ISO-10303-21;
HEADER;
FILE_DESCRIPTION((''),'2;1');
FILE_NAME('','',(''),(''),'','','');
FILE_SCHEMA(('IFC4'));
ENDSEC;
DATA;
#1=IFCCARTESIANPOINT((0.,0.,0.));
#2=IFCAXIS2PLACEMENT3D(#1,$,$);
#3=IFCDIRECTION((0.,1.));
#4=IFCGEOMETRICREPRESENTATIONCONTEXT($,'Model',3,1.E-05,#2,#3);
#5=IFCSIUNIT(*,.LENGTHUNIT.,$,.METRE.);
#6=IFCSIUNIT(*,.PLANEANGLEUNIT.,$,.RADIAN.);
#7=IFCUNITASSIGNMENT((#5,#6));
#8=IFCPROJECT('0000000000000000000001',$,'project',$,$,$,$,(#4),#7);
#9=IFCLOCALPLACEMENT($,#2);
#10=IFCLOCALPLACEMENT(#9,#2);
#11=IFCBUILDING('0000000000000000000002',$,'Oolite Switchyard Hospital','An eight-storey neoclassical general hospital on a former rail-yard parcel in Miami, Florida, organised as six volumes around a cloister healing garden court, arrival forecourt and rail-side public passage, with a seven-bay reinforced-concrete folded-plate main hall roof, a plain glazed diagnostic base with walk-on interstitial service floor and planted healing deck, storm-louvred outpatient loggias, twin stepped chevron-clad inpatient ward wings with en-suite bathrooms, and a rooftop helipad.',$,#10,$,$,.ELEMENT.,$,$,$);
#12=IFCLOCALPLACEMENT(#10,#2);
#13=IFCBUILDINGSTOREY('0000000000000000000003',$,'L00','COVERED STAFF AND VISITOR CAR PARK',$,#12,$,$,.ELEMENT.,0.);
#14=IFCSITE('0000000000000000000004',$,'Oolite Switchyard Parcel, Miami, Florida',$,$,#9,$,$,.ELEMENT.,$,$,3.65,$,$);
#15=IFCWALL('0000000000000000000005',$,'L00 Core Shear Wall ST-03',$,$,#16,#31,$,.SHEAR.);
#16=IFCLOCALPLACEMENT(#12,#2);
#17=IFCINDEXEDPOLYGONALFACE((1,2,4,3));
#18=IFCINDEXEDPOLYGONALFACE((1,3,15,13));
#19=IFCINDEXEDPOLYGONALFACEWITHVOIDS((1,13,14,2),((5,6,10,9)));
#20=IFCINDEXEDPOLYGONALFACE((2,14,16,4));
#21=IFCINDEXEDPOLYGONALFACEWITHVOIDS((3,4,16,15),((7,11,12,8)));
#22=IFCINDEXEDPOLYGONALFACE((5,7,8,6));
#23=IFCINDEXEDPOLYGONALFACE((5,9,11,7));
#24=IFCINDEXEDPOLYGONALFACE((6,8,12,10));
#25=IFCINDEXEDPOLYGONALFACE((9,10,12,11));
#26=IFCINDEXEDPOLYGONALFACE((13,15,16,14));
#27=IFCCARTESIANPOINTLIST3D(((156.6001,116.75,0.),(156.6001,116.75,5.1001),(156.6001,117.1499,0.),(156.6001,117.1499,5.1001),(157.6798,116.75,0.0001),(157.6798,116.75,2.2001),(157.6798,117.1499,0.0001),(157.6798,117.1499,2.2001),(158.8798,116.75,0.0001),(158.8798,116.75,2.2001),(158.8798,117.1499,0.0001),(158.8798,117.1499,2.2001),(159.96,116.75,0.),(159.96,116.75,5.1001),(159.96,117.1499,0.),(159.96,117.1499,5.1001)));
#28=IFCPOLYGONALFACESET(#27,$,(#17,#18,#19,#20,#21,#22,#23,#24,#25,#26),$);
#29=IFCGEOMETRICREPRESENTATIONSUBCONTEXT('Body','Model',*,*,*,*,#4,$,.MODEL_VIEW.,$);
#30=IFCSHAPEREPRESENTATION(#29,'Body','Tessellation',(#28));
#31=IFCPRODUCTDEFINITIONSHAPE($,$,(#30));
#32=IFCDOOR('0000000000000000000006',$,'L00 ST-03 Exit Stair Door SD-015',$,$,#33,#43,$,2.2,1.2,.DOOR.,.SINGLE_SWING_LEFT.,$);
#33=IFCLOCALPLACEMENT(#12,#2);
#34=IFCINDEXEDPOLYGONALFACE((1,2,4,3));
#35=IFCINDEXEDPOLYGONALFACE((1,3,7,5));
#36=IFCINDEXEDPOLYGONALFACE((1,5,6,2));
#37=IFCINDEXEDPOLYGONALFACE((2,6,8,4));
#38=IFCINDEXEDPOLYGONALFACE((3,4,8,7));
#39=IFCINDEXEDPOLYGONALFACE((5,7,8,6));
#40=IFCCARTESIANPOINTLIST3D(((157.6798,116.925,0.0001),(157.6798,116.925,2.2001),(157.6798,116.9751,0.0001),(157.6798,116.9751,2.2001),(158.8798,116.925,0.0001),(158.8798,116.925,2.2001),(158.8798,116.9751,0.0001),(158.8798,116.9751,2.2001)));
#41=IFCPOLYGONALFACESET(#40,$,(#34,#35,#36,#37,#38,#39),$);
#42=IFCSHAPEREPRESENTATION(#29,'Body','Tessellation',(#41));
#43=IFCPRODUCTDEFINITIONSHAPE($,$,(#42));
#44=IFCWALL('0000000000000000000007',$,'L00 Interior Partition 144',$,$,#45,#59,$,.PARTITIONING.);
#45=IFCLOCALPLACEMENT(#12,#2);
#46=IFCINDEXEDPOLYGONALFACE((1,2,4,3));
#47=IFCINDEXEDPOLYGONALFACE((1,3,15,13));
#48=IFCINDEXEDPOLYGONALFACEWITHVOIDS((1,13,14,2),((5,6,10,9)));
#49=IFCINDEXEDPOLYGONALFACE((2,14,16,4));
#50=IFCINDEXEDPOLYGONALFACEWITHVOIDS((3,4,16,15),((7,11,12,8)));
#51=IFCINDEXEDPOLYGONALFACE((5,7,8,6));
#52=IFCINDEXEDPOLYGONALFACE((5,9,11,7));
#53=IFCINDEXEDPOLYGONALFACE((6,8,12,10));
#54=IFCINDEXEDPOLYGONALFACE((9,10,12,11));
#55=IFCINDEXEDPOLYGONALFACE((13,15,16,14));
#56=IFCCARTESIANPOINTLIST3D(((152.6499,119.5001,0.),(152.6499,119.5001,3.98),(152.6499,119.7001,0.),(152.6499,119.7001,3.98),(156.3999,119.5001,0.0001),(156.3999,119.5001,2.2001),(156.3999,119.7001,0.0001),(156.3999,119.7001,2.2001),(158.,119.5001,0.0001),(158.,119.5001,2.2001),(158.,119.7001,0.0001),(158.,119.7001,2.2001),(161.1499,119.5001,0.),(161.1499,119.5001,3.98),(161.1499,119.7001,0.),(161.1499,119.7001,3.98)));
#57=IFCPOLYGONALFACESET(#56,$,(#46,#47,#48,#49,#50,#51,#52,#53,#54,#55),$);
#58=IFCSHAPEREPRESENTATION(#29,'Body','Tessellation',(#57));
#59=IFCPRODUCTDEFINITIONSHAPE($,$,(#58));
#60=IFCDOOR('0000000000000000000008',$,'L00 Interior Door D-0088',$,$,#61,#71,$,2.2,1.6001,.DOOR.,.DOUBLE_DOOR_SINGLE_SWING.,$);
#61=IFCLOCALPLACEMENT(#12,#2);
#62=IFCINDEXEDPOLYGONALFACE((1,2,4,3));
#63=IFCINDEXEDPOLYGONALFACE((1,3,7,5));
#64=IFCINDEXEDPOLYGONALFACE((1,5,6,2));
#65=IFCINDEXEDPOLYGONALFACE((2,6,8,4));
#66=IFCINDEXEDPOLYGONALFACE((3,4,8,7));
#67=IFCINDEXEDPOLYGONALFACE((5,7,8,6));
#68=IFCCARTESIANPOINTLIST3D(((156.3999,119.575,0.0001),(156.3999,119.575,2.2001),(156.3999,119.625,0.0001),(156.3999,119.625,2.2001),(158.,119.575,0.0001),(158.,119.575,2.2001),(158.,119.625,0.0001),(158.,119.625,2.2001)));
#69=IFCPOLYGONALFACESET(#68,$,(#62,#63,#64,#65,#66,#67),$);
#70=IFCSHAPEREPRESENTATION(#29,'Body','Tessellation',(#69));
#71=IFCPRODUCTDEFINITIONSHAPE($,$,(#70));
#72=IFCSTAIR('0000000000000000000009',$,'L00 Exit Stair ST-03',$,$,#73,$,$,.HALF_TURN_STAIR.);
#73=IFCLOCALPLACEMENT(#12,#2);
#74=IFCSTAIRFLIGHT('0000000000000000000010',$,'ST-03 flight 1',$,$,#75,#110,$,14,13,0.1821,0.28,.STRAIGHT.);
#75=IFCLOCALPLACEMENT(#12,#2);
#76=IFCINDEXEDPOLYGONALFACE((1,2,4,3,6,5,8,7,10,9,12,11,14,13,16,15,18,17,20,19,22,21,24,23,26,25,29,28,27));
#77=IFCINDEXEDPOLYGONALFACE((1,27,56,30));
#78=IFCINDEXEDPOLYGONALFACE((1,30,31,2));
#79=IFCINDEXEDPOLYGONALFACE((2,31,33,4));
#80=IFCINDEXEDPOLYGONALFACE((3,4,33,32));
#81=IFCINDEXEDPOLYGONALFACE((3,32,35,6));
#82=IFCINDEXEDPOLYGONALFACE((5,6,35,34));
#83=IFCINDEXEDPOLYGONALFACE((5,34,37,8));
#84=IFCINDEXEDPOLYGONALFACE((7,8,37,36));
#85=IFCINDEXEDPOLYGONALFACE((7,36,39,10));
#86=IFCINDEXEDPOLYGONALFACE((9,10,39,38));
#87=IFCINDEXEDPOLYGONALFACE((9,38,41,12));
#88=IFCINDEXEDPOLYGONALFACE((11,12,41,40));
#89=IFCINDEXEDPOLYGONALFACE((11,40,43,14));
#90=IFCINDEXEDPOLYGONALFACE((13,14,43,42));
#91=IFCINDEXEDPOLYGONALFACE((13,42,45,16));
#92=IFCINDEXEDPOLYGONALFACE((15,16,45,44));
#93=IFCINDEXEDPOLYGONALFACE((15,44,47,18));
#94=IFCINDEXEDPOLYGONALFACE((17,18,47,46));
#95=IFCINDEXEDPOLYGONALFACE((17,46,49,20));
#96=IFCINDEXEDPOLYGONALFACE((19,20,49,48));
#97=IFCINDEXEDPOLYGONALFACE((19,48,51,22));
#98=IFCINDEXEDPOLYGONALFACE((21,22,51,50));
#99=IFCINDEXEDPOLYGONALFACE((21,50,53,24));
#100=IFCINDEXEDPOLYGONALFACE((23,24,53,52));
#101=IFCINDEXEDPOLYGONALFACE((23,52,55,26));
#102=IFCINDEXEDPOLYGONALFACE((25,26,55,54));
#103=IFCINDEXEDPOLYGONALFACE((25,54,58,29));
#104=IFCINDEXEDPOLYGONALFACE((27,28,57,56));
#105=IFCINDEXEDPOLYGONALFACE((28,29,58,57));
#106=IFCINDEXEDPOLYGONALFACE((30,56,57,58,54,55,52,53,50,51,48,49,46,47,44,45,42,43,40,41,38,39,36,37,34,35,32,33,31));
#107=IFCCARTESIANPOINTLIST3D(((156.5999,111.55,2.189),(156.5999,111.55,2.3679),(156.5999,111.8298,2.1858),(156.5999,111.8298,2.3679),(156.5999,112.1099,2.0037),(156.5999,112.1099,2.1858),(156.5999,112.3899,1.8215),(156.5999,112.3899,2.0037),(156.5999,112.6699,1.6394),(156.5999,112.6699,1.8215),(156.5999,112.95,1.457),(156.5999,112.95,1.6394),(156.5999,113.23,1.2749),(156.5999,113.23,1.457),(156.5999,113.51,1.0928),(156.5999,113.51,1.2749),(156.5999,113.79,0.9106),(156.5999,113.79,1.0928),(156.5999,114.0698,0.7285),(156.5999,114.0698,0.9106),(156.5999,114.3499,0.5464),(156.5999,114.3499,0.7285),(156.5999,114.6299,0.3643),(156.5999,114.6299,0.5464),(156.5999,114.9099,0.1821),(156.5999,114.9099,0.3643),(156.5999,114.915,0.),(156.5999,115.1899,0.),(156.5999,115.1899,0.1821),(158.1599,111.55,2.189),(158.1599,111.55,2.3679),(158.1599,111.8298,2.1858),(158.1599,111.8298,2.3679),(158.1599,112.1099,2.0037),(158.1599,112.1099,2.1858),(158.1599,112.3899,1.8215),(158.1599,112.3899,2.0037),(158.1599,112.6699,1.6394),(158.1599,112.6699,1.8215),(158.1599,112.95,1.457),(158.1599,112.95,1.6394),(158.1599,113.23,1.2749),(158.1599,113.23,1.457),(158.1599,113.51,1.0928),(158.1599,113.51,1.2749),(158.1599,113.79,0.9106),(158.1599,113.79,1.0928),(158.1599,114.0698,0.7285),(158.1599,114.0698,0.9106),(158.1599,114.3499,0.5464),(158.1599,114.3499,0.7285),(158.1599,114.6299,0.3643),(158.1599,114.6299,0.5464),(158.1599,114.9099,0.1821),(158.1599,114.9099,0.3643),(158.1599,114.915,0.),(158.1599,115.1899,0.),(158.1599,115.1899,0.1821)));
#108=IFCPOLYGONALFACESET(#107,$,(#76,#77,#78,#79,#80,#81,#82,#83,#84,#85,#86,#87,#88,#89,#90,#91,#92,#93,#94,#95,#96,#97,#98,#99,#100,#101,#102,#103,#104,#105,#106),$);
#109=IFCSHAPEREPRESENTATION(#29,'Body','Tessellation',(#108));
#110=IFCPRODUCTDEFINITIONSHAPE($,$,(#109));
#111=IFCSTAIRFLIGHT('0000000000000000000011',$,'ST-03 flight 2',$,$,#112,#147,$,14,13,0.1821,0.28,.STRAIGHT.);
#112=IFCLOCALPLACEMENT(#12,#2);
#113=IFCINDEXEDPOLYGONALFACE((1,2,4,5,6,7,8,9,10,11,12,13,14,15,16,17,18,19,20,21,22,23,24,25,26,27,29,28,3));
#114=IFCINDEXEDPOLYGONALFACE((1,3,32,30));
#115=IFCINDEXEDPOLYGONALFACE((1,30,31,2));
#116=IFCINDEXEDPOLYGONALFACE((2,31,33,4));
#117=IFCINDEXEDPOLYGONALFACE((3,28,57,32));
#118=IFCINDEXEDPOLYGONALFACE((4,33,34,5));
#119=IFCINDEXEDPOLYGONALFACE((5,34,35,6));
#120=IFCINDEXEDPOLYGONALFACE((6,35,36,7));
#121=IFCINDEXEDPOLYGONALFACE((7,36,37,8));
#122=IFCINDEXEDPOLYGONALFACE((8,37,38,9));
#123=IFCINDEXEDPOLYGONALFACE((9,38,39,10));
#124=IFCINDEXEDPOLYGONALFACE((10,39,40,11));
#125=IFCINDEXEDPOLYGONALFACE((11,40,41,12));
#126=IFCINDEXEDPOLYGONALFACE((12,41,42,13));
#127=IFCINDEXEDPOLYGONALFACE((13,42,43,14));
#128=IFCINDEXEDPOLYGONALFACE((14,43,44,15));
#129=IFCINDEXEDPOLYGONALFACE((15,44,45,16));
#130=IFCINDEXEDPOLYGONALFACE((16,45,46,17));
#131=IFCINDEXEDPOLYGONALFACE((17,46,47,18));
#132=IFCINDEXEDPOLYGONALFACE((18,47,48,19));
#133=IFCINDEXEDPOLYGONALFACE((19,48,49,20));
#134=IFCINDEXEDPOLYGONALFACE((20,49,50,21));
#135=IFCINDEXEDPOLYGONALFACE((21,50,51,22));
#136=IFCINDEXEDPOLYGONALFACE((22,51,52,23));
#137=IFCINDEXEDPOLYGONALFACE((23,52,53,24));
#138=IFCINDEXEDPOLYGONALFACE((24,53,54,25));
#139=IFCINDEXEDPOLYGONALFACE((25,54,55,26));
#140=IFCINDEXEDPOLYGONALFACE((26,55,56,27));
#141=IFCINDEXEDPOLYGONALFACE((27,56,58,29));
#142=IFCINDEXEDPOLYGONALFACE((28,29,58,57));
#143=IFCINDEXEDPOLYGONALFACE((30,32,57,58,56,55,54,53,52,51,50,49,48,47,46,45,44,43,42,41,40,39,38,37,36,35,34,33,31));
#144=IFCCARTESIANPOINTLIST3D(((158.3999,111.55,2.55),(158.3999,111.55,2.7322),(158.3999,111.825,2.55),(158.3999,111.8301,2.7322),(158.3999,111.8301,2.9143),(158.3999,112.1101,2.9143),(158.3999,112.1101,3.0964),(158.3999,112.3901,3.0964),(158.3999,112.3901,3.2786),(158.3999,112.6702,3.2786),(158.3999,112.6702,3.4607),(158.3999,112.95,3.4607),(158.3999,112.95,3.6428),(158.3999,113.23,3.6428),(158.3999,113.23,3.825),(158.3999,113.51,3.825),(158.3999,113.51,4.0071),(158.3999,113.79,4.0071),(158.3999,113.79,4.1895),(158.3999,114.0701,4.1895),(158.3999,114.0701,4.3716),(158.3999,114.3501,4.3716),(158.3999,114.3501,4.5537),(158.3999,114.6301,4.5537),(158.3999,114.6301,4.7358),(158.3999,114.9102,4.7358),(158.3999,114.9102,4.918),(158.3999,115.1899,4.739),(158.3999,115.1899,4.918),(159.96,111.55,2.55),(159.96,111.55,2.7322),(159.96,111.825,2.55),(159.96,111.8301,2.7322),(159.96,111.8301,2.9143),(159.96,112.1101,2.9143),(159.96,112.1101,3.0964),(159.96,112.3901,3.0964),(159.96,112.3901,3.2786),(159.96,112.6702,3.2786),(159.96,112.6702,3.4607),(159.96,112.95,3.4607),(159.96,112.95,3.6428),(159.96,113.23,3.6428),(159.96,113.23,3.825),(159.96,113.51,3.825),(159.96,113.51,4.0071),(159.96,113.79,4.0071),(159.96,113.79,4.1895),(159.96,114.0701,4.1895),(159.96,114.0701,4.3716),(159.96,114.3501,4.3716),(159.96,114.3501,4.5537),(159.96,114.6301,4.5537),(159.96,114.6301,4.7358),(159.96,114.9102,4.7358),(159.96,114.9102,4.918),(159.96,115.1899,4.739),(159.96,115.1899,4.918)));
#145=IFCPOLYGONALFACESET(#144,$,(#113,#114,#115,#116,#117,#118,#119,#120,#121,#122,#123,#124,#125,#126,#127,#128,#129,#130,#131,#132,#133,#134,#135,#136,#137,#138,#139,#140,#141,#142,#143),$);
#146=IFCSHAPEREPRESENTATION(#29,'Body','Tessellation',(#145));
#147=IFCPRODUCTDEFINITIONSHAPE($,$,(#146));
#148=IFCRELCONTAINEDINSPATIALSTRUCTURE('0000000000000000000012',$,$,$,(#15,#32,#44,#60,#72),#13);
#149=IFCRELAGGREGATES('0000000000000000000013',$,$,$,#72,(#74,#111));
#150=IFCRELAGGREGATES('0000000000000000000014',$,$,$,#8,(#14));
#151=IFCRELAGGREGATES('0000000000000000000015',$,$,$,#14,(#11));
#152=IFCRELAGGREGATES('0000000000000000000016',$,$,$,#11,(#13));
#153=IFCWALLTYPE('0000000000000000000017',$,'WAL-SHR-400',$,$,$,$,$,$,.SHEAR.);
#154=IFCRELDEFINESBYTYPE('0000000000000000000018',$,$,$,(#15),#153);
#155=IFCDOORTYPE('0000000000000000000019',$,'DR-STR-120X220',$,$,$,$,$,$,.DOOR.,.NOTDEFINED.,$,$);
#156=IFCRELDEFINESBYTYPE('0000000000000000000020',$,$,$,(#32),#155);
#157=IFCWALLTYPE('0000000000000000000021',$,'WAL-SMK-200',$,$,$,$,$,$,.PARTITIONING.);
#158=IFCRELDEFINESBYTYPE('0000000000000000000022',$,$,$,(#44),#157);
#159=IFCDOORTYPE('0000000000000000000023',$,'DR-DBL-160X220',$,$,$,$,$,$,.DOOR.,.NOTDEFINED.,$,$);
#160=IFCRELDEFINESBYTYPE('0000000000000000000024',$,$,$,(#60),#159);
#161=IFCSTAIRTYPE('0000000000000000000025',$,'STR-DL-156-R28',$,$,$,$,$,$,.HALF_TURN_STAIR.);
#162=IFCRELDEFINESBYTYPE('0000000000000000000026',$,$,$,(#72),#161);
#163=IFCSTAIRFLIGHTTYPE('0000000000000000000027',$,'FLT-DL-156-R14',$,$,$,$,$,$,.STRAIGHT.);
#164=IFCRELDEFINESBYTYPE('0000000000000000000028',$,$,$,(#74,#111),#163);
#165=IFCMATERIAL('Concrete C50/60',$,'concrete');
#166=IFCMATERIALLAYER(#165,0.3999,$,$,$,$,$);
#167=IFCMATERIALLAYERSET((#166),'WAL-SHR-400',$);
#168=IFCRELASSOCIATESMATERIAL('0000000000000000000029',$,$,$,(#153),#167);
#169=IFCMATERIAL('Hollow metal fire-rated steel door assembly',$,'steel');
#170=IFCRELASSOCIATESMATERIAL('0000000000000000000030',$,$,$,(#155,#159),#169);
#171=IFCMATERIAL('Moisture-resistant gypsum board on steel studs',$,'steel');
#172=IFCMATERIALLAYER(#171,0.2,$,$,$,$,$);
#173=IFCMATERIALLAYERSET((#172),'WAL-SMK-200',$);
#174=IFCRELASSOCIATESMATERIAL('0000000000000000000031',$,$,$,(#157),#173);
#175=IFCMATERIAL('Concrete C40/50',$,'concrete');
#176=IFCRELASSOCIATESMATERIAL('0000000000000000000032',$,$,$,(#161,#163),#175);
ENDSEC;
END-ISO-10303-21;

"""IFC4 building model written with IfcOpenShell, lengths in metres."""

from ifc_helpers import new_model, si_unit, direction, frame, frame_2d, origin, place, context, subcontext, project, spatial, polyline, rectangle, outline, extrude, material, layer, layer_set, type_object, element, fill, aggregate, save


model = new_model("IFC4")

# Units and contexts
model_context = context("Model", 3, precision=1e-05, world=origin(), true_north=direction((0.0, 1.0)))
body_context = subcontext(model_context, "Body", "Model", "MODEL_VIEW")
ifc_project = project(units=[si_unit("LENGTHUNIT", "METRE"), si_unit("PLANEANGLEUNIT", "RADIAN")], contexts=[model_context])

# Site, building, storey
site_placement = place(None, origin())
site = spatial("IfcSite", under=ifc_project, at=site_placement, Name="Oolite Switchyard Parcel, Miami, Florida", CompositionType="ELEMENT", RefElevation=3.65)
building_placement = place(site_placement, origin())
building = spatial("IfcBuilding", under=site, at=building_placement, Name="Oolite Switchyard Hospital", Description="An eight-storey neoclassical general hospital on a former rail-yard parcel in Miami, Florida, organised as six volumes around a cloister healing garden court, arrival forecourt and rail-side public passage, with a seven-bay reinforced-concrete folded-plate main hall roof, a plain glazed diagnostic base with walk-on interstitial service floor and planted healing deck, storm-louvred outpatient loggias, twin stepped chevron-clad inpatient ward wings with en-suite bathrooms, and a rooftop helipad.", CompositionType="ELEMENT")
storey_placement = place(building_placement, origin())
storey = spatial("IfcBuildingStorey", under=building, at=storey_placement, Name="L00", Description="COVERED STAFF AND VISITOR CAR PARK", CompositionType="ELEMENT", Elevation=0.0)

# Shared definitions
ifc_material_1 = material(Name="Concrete C40/50", Category="concrete")

# Shared definitions
ifc_material_2 = material(Name="Concrete C50/60", Category="concrete")

# Shared definitions
ifc_layer_1 = layer(ifc_material_2, 0.3999)
ifc_layer_set_1 = layer_set([ifc_layer_1], Name="WAL-SHR-400")
wall_type_1 = type_object("IfcWallType", Name="WAL-SHR-400", PredefinedType="SHEAR", material=ifc_layer_set_1)

# Walls, openings, doors
wall_1_placement = place(storey_placement, frame((159.96, 116.95, 0.0), z_axis=(0.0, 0.0, 1.0), x_axis=(-1.0, 0.0, 0.0)))
wall_1 = element("IfcWall", 1, at=wall_1_placement, inside=storey, type_object=wall_type_1, Name="L00 Core Shear Wall ST-03", PredefinedType="SHEAR", context=body_context, shape_type="SweptSolid", body=[
    extrude(rectangle(XDim=3.3599, YDim=0.3999, at=frame_2d((1.6799, 0.0))), origin(), (0.0, 0.0, 1.0), 5.1001),
])
opening_1_placement = place(wall_1_placement, frame((1.0801, 0.0, 0.0)))
opening_1 = element("IfcOpeningElement", 2, at=opening_1_placement, cuts=wall_1, PredefinedType="OPENING", context=body_context, shape_type="SweptSolid", body=[
    extrude(rectangle(XDim=1.2, YDim=2.2, at=frame_2d((0.6001, 1.1001))), frame((0.0, 0.21, 0.0), z_axis=(0.0, -1.0, 0.0), x_axis=(1.0, 0.0, 0.0)), (0.0, 0.0, 1.0), 0.4199),
])
ifc_material_3 = material(Name="Hollow metal fire-rated steel door assembly", Category="steel")
door_type_1 = type_object("IfcDoorType", Name="DR-STR-120X220", OperationType="NOTDEFINED", PredefinedType="DOOR", material=ifc_material_3)
door_1_placement = place(opening_1_placement, origin())
door_1 = element("IfcDoor", 3, at=door_1_placement, inside=storey, type_object=door_type_1, Name="L00 ST-03 Exit Stair Door SD-015", OperationType="SINGLE_SWING_LEFT", OverallHeight=2.2, OverallWidth=1.2, PredefinedType="DOOR", context=body_context, shape_type="SweptSolid", body=[
    extrude(rectangle(XDim=1.2, YDim=2.2, at=frame_2d((0.6001, 1.1001))), frame((0.0, 0.0249, 0.0), z_axis=(0.0, -1.0, 0.0), x_axis=(1.0, 0.0, 0.0)), (0.0, 0.0, 1.0), 0.05),
])
fill(opening_1, door_1)
ifc_material_4 = material(Name="Moisture-resistant gypsum board on steel studs", Category="steel")
ifc_layer_2 = layer(ifc_material_4, 0.2)
ifc_layer_set_2 = layer_set([ifc_layer_2], Name="WAL-SMK-200")
wall_type_2 = type_object("IfcWallType", Name="WAL-SMK-200", PredefinedType="PARTITIONING", material=ifc_layer_set_2)
wall_2_placement = place(storey_placement, frame((152.6499, 119.6001, 0.0), z_axis=(0.0, 0.0, 1.0), x_axis=(1.0, 0.0, 0.0)))
wall_2 = element("IfcWall", 4, at=wall_2_placement, inside=storey, type_object=wall_type_2, Name="L00 Interior Partition 144", PredefinedType="PARTITIONING", context=body_context, shape_type="SweptSolid", body=[
    extrude(rectangle(XDim=8.5, YDim=0.2, at=frame_2d((4.25, 0.0))), origin(), (0.0, 0.0, 1.0), 3.98),
])
opening_2_placement = place(wall_2_placement, frame((3.75, 0.0, 0.0)))
opening_2 = element("IfcOpeningElement", 5, at=opening_2_placement, cuts=wall_2, PredefinedType="OPENING", context=body_context, shape_type="SweptSolid", body=[
    extrude(rectangle(XDim=1.6001, YDim=2.2, at=frame_2d((0.8, 1.1001))), frame((0.0, 0.1099, 0.0), z_axis=(0.0, -1.0, 0.0), x_axis=(1.0, 0.0, 0.0)), (0.0, 0.0, 1.0), 0.22),
])
door_type_2 = type_object("IfcDoorType", Name="DR-DBL-160X220", OperationType="NOTDEFINED", PredefinedType="DOOR", material=ifc_material_3)
door_2_placement = place(opening_2_placement, origin())
door_2 = element("IfcDoor", 6, at=door_2_placement, inside=storey, type_object=door_type_2, Name="L00 Interior Door D-0088", OperationType="DOUBLE_DOOR_SINGLE_SWING", OverallHeight=2.2, OverallWidth=1.6001, PredefinedType="DOOR", context=body_context, shape_type="SweptSolid", body=[
    extrude(rectangle(XDim=1.6001, YDim=2.2, at=frame_2d((0.8, 1.1001))), frame((0.0, 0.0249, 0.0), z_axis=(0.0, -1.0, 0.0), x_axis=(1.0, 0.0, 0.0)), (0.0, 0.0, 1.0), 0.05),
])
fill(opening_2, door_2)

# Stair, stair flights
stair_type = type_object("IfcStairType", Name="STR-DL-156-R28", PredefinedType="HALF_TURN_STAIR", material=ifc_material_1)
stair_placement = place(storey_placement, origin())
stair = element("IfcStair", 7, at=stair_placement, inside=storey, type_object=stair_type, Name="L00 Exit Stair ST-03", PredefinedType="HALF_TURN_STAIR")
stair_flight_type = type_object("IfcStairFlightType", Name="FLT-DL-156-R14", PredefinedType="STRAIGHT", material=ifc_material_1)
stair_flight_1_placement = place(storey_placement, frame((157.3799, 115.1899, 0.0), z_axis=(0.0, 0.0, 1.0), x_axis=(0.0, -1.0, 0.0)))
stair_flight_1 = element("IfcStairFlight", 8, at=stair_flight_1_placement, type_object=stair_flight_type, Name="ST-03 flight 1", NumberOfRisers=14, NumberOfTreads=13, PredefinedType="STRAIGHT", RiserHeight=0.1821, TreadLength=0.28, context=body_context, shape_type="SweptSolid", body=[
    extrude(outline(polyline([(0.0, 0.0), (0.0, 0.1821), (0.28, 0.1821), (0.28, 0.3643), (0.5601, 0.3643), (0.5601, 0.5464), (0.8401, 0.5464), (0.8401, 0.7285), (1.1201, 0.7285), (1.1201, 0.9106), (1.3999, 0.9106), (1.3999, 1.0928), (1.6799, 1.0928), (1.6799, 1.2749), (1.96, 1.2749), (1.96, 1.457), (2.24, 1.457), (2.24, 1.6394), (2.52, 1.6394), (2.52, 1.8215), (2.8, 1.8215), (2.8, 2.0037), (3.0801, 2.0037), (3.0801, 2.1858), (3.3601, 2.1858), (3.3601, 2.3679), (3.6399, 2.3679), (3.6399, 2.55), (3.6399, 2.189), (0.2749, 0.0), (0.0, 0.0)])), frame((0.0, 0.78, 0.0), z_axis=(0.0, -1.0, 0.0), x_axis=(1.0, 0.0, 0.0)), (0.0, 0.0, 1.0), 1.5601),
])
stair_flight_2_placement = place(storey_placement, frame((159.1799, 111.55, 2.55), z_axis=(0.0, 0.0, 1.0), x_axis=(0.0, 1.0, 0.0)))
stair_flight_2 = element("IfcStairFlight", 9, at=stair_flight_2_placement, type_object=stair_flight_type, Name="ST-03 flight 2", NumberOfRisers=14, NumberOfTreads=13, PredefinedType="STRAIGHT", RiserHeight=0.1821, TreadLength=0.28, context=body_context, shape_type="SweptSolid", body=[
    extrude(outline(polyline([(0.0, 0.0), (0.0, 0.1821), (0.28, 0.1821), (0.28, 0.3643), (0.5601, 0.3643), (0.5601, 0.5464), (0.8401, 0.5464), (0.8401, 0.7285), (1.1201, 0.7285), (1.1201, 0.9106), (1.3999, 0.9106), (1.3999, 1.0928), (1.6799, 1.0928), (1.6799, 1.2749), (1.96, 1.2749), (1.96, 1.457), (2.24, 1.457), (2.24, 1.6394), (2.52, 1.6394), (2.52, 1.8215), (2.8, 1.8215), (2.8, 2.0037), (3.0801, 2.0037), (3.0801, 2.1858), (3.3601, 2.1858), (3.3601, 2.3679), (3.6399, 2.3679), (3.6399, 2.55), (3.6399, 2.189), (0.2749, 0.0), (0.0, 0.0)])), frame((0.0, 0.78, 0.0), z_axis=(0.0, -1.0, 0.0), x_axis=(1.0, 0.0, 0.0)), (0.0, 0.0, 1.0), 1.5601),
])
aggregate(stair, [stair_flight_1, stair_flight_2])

save(model, "model.ifc")
